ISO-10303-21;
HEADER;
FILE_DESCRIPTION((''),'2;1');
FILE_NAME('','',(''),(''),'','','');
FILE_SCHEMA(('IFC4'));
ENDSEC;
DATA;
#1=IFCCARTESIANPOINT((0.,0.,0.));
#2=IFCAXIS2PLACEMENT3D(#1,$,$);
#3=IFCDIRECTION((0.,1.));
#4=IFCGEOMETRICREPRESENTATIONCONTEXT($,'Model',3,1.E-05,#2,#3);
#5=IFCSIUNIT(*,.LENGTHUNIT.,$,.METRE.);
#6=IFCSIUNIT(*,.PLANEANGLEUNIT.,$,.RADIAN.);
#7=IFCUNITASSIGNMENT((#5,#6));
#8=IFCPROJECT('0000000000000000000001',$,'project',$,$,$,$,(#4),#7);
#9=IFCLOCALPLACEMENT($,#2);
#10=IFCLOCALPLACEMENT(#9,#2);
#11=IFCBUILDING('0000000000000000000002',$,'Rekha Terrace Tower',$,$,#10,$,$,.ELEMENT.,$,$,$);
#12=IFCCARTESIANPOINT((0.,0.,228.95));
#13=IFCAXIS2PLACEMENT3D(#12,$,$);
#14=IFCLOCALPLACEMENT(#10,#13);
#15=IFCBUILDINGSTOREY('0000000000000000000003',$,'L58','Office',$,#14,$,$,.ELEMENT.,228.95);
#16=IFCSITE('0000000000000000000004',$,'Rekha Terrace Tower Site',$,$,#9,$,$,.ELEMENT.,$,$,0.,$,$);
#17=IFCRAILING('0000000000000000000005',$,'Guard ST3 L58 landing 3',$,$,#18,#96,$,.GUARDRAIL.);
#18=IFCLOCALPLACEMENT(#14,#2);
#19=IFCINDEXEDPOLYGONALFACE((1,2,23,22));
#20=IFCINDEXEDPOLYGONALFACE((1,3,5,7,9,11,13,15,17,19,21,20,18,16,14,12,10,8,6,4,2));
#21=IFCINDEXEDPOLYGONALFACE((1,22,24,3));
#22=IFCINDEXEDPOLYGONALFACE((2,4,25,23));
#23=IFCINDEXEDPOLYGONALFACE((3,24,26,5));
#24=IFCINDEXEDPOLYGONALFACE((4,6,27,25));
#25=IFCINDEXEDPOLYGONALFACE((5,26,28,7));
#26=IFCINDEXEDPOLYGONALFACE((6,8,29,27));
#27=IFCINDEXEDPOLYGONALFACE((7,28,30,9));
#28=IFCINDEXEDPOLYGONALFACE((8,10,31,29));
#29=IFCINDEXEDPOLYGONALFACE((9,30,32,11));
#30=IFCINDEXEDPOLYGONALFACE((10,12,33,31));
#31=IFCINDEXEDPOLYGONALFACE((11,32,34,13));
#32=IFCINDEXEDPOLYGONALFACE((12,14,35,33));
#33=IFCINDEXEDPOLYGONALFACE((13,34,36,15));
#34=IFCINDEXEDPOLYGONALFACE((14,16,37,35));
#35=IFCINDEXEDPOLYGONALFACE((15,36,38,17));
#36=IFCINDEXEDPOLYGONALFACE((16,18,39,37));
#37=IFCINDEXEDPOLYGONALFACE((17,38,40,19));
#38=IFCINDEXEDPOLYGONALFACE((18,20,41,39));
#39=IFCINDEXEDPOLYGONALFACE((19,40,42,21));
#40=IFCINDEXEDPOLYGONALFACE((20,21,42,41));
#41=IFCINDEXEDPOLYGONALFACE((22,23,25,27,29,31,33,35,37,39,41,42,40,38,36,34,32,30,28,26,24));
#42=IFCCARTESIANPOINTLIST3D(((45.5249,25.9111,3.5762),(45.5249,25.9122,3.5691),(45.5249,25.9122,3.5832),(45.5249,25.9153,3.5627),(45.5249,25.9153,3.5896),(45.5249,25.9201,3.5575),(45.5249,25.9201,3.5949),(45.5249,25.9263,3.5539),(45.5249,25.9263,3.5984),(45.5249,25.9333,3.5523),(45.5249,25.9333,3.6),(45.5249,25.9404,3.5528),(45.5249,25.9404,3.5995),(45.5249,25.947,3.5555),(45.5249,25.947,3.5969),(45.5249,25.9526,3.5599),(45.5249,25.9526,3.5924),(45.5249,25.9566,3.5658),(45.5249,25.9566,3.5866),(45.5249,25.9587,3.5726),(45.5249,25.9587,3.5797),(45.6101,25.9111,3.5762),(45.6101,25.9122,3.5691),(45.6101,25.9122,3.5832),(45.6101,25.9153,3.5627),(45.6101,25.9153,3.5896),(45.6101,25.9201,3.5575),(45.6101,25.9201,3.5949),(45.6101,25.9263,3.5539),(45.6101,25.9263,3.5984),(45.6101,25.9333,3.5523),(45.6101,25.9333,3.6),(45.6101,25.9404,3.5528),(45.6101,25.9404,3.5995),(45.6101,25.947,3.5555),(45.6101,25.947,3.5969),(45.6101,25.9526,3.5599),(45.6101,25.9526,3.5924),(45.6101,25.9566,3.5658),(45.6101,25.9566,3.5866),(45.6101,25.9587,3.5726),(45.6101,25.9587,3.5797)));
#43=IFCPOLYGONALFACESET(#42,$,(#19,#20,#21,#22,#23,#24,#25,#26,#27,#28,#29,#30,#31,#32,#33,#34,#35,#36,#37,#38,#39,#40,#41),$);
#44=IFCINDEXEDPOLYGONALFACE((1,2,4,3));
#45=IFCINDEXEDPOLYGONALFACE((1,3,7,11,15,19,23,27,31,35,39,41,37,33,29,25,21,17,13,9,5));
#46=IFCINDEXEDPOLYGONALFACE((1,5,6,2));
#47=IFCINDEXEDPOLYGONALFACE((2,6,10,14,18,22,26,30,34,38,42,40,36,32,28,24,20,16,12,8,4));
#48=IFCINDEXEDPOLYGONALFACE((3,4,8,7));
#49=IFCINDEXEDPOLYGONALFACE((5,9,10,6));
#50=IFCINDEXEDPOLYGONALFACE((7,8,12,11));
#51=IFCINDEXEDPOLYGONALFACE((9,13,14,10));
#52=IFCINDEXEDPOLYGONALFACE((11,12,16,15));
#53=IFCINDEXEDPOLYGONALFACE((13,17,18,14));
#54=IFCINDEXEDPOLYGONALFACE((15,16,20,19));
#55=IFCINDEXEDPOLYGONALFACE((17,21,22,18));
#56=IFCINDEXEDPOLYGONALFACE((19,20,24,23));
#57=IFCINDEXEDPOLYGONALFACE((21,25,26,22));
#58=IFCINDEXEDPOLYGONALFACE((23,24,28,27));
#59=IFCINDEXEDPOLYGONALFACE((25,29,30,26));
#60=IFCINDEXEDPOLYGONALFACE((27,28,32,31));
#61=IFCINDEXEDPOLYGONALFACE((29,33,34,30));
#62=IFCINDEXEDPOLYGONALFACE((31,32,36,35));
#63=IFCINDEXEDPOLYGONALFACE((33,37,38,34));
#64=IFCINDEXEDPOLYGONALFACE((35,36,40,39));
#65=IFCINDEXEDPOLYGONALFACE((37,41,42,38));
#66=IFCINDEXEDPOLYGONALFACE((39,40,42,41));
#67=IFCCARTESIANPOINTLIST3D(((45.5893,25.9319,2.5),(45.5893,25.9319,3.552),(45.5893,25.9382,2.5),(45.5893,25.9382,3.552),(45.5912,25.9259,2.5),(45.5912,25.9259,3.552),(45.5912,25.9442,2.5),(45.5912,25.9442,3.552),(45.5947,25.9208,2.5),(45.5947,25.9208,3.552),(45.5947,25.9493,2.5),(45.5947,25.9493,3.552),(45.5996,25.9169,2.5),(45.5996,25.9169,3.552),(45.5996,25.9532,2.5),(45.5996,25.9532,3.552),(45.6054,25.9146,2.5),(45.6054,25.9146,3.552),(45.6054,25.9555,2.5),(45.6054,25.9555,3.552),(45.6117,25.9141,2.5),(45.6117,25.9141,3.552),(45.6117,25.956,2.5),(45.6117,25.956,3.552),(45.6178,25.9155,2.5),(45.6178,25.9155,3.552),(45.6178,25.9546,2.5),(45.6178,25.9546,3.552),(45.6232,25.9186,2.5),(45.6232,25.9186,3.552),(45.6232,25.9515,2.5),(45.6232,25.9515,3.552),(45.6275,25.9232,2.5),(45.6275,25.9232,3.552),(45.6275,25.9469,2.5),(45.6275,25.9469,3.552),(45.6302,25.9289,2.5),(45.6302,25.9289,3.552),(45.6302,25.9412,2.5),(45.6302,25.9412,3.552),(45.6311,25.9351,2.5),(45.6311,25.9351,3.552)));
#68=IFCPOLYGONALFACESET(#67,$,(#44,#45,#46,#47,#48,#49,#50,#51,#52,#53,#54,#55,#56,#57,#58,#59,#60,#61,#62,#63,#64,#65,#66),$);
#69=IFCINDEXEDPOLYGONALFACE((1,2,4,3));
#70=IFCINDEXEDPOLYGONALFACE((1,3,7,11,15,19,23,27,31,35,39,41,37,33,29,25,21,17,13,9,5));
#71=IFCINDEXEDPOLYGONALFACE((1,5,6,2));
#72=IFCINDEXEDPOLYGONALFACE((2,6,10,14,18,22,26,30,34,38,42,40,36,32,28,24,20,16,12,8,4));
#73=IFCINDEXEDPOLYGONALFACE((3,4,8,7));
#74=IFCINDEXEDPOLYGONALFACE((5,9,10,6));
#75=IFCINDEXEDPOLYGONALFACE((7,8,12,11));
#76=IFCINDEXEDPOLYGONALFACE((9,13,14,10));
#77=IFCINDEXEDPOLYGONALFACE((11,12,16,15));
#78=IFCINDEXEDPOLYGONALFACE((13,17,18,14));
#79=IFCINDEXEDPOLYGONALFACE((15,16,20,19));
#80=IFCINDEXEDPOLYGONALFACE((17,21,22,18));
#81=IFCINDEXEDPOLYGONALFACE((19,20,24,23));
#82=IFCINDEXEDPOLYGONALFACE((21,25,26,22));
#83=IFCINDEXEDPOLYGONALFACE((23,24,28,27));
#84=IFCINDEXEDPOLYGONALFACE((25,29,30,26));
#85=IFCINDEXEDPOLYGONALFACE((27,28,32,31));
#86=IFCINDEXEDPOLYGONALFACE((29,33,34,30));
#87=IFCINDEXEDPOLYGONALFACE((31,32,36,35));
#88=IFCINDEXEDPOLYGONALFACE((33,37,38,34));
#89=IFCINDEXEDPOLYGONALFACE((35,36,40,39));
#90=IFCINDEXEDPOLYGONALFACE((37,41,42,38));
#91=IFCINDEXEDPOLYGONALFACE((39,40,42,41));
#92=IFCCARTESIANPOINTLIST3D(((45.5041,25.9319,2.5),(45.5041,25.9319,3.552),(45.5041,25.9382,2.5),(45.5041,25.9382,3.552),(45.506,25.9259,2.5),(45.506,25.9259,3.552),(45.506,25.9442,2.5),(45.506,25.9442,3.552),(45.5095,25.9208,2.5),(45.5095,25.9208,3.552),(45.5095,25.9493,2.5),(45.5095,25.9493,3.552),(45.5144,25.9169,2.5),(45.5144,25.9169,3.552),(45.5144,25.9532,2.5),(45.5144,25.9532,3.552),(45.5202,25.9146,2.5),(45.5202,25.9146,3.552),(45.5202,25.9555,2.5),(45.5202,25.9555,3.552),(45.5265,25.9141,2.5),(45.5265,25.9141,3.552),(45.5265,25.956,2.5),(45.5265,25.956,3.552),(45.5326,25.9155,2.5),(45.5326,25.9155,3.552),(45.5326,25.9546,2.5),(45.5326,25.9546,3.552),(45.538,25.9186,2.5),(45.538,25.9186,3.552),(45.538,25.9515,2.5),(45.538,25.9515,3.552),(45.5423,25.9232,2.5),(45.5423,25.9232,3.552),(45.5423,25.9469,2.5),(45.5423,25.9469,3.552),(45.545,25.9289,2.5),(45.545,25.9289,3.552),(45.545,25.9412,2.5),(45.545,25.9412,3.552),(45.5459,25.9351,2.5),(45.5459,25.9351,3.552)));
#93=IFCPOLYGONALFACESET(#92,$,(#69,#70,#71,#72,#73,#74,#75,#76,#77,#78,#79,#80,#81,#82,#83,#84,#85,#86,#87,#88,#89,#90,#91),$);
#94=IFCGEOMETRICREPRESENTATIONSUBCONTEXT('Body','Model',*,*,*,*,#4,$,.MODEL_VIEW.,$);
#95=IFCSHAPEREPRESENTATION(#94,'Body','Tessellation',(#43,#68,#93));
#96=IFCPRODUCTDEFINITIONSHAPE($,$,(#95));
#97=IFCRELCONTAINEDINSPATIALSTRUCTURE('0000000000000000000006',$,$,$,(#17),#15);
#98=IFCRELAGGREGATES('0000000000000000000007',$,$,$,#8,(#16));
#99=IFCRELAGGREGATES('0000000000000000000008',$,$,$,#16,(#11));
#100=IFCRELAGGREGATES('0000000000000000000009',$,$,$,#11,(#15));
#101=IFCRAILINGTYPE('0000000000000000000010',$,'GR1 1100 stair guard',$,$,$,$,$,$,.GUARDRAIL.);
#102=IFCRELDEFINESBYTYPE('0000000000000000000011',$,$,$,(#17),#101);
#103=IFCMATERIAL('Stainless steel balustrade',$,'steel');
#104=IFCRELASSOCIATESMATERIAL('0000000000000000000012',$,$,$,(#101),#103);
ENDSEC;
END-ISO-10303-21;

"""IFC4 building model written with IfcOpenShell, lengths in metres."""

from ifc_helpers import new_model, si_unit, direction, frame, origin, origin_2d, place, context, subcontext, project, spatial, circle, extrude, material, type_object, element, save


model = new_model("IFC4")

# Units and contexts
model_context = context("Model", 3, precision=1e-05, world=origin(), true_north=direction((0.0, 1.0)))
body_context = subcontext(model_context, "Body", "Model", "MODEL_VIEW")
ifc_project = project(units=[si_unit("LENGTHUNIT", "METRE"), si_unit("PLANEANGLEUNIT", "RADIAN")], contexts=[model_context])

# Site, building, storey
site_placement = place(None, origin())
site = spatial("IfcSite", under=ifc_project, at=site_placement, Name="Rekha Terrace Tower Site", CompositionType="ELEMENT", RefElevation=0.0)
building_placement = place(site_placement, origin())
building = spatial("IfcBuilding", under=site, at=building_placement, Name="Rekha Terrace Tower", CompositionType="ELEMENT")
storey_placement = place(building_placement, frame((0.0, 0.0, 228.95)))
storey = spatial("IfcBuildingStorey", under=building, at=storey_placement, Name="L58", Description="Office", CompositionType="ELEMENT", Elevation=228.95)

# Railing
ifc_material_1 = material(Name="Stainless steel balustrade", Category="steel")
railing_type_1 = type_object("IfcRailingType", Name="GR1 1100 stair guard", PredefinedType="GUARDRAIL", material=ifc_material_1)
railing_1_placement = place(storey_placement, frame((45.6101, 25.9351, 2.5)))
element("IfcRailing", 1, at=railing_1_placement, inside=storey, type_object=railing_type_1, Name="Guard ST3 L58 landing 3", PredefinedType="GUARDRAIL", context=body_context, shape_type="SweptSolid", body=[
    extrude(circle(Radius=0.0239, at=origin_2d()), frame((0.0, 0.0, 1.0762), z_axis=(-1.0, 0.0, 0.0), x_axis=(0.0, -1.0, 0.0)), (0.0, 0.0, 1.0), 0.0852),
    extrude(circle(Radius=0.021, at=origin_2d()), origin(), (0.0, 0.0, 1.0), 1.052),
    extrude(circle(Radius=0.021, at=origin_2d()), frame((-0.0852, 0.0, 0.0)), (0.0, 0.0, 1.0), 1.052),
])

save(model, "model.ifc")
